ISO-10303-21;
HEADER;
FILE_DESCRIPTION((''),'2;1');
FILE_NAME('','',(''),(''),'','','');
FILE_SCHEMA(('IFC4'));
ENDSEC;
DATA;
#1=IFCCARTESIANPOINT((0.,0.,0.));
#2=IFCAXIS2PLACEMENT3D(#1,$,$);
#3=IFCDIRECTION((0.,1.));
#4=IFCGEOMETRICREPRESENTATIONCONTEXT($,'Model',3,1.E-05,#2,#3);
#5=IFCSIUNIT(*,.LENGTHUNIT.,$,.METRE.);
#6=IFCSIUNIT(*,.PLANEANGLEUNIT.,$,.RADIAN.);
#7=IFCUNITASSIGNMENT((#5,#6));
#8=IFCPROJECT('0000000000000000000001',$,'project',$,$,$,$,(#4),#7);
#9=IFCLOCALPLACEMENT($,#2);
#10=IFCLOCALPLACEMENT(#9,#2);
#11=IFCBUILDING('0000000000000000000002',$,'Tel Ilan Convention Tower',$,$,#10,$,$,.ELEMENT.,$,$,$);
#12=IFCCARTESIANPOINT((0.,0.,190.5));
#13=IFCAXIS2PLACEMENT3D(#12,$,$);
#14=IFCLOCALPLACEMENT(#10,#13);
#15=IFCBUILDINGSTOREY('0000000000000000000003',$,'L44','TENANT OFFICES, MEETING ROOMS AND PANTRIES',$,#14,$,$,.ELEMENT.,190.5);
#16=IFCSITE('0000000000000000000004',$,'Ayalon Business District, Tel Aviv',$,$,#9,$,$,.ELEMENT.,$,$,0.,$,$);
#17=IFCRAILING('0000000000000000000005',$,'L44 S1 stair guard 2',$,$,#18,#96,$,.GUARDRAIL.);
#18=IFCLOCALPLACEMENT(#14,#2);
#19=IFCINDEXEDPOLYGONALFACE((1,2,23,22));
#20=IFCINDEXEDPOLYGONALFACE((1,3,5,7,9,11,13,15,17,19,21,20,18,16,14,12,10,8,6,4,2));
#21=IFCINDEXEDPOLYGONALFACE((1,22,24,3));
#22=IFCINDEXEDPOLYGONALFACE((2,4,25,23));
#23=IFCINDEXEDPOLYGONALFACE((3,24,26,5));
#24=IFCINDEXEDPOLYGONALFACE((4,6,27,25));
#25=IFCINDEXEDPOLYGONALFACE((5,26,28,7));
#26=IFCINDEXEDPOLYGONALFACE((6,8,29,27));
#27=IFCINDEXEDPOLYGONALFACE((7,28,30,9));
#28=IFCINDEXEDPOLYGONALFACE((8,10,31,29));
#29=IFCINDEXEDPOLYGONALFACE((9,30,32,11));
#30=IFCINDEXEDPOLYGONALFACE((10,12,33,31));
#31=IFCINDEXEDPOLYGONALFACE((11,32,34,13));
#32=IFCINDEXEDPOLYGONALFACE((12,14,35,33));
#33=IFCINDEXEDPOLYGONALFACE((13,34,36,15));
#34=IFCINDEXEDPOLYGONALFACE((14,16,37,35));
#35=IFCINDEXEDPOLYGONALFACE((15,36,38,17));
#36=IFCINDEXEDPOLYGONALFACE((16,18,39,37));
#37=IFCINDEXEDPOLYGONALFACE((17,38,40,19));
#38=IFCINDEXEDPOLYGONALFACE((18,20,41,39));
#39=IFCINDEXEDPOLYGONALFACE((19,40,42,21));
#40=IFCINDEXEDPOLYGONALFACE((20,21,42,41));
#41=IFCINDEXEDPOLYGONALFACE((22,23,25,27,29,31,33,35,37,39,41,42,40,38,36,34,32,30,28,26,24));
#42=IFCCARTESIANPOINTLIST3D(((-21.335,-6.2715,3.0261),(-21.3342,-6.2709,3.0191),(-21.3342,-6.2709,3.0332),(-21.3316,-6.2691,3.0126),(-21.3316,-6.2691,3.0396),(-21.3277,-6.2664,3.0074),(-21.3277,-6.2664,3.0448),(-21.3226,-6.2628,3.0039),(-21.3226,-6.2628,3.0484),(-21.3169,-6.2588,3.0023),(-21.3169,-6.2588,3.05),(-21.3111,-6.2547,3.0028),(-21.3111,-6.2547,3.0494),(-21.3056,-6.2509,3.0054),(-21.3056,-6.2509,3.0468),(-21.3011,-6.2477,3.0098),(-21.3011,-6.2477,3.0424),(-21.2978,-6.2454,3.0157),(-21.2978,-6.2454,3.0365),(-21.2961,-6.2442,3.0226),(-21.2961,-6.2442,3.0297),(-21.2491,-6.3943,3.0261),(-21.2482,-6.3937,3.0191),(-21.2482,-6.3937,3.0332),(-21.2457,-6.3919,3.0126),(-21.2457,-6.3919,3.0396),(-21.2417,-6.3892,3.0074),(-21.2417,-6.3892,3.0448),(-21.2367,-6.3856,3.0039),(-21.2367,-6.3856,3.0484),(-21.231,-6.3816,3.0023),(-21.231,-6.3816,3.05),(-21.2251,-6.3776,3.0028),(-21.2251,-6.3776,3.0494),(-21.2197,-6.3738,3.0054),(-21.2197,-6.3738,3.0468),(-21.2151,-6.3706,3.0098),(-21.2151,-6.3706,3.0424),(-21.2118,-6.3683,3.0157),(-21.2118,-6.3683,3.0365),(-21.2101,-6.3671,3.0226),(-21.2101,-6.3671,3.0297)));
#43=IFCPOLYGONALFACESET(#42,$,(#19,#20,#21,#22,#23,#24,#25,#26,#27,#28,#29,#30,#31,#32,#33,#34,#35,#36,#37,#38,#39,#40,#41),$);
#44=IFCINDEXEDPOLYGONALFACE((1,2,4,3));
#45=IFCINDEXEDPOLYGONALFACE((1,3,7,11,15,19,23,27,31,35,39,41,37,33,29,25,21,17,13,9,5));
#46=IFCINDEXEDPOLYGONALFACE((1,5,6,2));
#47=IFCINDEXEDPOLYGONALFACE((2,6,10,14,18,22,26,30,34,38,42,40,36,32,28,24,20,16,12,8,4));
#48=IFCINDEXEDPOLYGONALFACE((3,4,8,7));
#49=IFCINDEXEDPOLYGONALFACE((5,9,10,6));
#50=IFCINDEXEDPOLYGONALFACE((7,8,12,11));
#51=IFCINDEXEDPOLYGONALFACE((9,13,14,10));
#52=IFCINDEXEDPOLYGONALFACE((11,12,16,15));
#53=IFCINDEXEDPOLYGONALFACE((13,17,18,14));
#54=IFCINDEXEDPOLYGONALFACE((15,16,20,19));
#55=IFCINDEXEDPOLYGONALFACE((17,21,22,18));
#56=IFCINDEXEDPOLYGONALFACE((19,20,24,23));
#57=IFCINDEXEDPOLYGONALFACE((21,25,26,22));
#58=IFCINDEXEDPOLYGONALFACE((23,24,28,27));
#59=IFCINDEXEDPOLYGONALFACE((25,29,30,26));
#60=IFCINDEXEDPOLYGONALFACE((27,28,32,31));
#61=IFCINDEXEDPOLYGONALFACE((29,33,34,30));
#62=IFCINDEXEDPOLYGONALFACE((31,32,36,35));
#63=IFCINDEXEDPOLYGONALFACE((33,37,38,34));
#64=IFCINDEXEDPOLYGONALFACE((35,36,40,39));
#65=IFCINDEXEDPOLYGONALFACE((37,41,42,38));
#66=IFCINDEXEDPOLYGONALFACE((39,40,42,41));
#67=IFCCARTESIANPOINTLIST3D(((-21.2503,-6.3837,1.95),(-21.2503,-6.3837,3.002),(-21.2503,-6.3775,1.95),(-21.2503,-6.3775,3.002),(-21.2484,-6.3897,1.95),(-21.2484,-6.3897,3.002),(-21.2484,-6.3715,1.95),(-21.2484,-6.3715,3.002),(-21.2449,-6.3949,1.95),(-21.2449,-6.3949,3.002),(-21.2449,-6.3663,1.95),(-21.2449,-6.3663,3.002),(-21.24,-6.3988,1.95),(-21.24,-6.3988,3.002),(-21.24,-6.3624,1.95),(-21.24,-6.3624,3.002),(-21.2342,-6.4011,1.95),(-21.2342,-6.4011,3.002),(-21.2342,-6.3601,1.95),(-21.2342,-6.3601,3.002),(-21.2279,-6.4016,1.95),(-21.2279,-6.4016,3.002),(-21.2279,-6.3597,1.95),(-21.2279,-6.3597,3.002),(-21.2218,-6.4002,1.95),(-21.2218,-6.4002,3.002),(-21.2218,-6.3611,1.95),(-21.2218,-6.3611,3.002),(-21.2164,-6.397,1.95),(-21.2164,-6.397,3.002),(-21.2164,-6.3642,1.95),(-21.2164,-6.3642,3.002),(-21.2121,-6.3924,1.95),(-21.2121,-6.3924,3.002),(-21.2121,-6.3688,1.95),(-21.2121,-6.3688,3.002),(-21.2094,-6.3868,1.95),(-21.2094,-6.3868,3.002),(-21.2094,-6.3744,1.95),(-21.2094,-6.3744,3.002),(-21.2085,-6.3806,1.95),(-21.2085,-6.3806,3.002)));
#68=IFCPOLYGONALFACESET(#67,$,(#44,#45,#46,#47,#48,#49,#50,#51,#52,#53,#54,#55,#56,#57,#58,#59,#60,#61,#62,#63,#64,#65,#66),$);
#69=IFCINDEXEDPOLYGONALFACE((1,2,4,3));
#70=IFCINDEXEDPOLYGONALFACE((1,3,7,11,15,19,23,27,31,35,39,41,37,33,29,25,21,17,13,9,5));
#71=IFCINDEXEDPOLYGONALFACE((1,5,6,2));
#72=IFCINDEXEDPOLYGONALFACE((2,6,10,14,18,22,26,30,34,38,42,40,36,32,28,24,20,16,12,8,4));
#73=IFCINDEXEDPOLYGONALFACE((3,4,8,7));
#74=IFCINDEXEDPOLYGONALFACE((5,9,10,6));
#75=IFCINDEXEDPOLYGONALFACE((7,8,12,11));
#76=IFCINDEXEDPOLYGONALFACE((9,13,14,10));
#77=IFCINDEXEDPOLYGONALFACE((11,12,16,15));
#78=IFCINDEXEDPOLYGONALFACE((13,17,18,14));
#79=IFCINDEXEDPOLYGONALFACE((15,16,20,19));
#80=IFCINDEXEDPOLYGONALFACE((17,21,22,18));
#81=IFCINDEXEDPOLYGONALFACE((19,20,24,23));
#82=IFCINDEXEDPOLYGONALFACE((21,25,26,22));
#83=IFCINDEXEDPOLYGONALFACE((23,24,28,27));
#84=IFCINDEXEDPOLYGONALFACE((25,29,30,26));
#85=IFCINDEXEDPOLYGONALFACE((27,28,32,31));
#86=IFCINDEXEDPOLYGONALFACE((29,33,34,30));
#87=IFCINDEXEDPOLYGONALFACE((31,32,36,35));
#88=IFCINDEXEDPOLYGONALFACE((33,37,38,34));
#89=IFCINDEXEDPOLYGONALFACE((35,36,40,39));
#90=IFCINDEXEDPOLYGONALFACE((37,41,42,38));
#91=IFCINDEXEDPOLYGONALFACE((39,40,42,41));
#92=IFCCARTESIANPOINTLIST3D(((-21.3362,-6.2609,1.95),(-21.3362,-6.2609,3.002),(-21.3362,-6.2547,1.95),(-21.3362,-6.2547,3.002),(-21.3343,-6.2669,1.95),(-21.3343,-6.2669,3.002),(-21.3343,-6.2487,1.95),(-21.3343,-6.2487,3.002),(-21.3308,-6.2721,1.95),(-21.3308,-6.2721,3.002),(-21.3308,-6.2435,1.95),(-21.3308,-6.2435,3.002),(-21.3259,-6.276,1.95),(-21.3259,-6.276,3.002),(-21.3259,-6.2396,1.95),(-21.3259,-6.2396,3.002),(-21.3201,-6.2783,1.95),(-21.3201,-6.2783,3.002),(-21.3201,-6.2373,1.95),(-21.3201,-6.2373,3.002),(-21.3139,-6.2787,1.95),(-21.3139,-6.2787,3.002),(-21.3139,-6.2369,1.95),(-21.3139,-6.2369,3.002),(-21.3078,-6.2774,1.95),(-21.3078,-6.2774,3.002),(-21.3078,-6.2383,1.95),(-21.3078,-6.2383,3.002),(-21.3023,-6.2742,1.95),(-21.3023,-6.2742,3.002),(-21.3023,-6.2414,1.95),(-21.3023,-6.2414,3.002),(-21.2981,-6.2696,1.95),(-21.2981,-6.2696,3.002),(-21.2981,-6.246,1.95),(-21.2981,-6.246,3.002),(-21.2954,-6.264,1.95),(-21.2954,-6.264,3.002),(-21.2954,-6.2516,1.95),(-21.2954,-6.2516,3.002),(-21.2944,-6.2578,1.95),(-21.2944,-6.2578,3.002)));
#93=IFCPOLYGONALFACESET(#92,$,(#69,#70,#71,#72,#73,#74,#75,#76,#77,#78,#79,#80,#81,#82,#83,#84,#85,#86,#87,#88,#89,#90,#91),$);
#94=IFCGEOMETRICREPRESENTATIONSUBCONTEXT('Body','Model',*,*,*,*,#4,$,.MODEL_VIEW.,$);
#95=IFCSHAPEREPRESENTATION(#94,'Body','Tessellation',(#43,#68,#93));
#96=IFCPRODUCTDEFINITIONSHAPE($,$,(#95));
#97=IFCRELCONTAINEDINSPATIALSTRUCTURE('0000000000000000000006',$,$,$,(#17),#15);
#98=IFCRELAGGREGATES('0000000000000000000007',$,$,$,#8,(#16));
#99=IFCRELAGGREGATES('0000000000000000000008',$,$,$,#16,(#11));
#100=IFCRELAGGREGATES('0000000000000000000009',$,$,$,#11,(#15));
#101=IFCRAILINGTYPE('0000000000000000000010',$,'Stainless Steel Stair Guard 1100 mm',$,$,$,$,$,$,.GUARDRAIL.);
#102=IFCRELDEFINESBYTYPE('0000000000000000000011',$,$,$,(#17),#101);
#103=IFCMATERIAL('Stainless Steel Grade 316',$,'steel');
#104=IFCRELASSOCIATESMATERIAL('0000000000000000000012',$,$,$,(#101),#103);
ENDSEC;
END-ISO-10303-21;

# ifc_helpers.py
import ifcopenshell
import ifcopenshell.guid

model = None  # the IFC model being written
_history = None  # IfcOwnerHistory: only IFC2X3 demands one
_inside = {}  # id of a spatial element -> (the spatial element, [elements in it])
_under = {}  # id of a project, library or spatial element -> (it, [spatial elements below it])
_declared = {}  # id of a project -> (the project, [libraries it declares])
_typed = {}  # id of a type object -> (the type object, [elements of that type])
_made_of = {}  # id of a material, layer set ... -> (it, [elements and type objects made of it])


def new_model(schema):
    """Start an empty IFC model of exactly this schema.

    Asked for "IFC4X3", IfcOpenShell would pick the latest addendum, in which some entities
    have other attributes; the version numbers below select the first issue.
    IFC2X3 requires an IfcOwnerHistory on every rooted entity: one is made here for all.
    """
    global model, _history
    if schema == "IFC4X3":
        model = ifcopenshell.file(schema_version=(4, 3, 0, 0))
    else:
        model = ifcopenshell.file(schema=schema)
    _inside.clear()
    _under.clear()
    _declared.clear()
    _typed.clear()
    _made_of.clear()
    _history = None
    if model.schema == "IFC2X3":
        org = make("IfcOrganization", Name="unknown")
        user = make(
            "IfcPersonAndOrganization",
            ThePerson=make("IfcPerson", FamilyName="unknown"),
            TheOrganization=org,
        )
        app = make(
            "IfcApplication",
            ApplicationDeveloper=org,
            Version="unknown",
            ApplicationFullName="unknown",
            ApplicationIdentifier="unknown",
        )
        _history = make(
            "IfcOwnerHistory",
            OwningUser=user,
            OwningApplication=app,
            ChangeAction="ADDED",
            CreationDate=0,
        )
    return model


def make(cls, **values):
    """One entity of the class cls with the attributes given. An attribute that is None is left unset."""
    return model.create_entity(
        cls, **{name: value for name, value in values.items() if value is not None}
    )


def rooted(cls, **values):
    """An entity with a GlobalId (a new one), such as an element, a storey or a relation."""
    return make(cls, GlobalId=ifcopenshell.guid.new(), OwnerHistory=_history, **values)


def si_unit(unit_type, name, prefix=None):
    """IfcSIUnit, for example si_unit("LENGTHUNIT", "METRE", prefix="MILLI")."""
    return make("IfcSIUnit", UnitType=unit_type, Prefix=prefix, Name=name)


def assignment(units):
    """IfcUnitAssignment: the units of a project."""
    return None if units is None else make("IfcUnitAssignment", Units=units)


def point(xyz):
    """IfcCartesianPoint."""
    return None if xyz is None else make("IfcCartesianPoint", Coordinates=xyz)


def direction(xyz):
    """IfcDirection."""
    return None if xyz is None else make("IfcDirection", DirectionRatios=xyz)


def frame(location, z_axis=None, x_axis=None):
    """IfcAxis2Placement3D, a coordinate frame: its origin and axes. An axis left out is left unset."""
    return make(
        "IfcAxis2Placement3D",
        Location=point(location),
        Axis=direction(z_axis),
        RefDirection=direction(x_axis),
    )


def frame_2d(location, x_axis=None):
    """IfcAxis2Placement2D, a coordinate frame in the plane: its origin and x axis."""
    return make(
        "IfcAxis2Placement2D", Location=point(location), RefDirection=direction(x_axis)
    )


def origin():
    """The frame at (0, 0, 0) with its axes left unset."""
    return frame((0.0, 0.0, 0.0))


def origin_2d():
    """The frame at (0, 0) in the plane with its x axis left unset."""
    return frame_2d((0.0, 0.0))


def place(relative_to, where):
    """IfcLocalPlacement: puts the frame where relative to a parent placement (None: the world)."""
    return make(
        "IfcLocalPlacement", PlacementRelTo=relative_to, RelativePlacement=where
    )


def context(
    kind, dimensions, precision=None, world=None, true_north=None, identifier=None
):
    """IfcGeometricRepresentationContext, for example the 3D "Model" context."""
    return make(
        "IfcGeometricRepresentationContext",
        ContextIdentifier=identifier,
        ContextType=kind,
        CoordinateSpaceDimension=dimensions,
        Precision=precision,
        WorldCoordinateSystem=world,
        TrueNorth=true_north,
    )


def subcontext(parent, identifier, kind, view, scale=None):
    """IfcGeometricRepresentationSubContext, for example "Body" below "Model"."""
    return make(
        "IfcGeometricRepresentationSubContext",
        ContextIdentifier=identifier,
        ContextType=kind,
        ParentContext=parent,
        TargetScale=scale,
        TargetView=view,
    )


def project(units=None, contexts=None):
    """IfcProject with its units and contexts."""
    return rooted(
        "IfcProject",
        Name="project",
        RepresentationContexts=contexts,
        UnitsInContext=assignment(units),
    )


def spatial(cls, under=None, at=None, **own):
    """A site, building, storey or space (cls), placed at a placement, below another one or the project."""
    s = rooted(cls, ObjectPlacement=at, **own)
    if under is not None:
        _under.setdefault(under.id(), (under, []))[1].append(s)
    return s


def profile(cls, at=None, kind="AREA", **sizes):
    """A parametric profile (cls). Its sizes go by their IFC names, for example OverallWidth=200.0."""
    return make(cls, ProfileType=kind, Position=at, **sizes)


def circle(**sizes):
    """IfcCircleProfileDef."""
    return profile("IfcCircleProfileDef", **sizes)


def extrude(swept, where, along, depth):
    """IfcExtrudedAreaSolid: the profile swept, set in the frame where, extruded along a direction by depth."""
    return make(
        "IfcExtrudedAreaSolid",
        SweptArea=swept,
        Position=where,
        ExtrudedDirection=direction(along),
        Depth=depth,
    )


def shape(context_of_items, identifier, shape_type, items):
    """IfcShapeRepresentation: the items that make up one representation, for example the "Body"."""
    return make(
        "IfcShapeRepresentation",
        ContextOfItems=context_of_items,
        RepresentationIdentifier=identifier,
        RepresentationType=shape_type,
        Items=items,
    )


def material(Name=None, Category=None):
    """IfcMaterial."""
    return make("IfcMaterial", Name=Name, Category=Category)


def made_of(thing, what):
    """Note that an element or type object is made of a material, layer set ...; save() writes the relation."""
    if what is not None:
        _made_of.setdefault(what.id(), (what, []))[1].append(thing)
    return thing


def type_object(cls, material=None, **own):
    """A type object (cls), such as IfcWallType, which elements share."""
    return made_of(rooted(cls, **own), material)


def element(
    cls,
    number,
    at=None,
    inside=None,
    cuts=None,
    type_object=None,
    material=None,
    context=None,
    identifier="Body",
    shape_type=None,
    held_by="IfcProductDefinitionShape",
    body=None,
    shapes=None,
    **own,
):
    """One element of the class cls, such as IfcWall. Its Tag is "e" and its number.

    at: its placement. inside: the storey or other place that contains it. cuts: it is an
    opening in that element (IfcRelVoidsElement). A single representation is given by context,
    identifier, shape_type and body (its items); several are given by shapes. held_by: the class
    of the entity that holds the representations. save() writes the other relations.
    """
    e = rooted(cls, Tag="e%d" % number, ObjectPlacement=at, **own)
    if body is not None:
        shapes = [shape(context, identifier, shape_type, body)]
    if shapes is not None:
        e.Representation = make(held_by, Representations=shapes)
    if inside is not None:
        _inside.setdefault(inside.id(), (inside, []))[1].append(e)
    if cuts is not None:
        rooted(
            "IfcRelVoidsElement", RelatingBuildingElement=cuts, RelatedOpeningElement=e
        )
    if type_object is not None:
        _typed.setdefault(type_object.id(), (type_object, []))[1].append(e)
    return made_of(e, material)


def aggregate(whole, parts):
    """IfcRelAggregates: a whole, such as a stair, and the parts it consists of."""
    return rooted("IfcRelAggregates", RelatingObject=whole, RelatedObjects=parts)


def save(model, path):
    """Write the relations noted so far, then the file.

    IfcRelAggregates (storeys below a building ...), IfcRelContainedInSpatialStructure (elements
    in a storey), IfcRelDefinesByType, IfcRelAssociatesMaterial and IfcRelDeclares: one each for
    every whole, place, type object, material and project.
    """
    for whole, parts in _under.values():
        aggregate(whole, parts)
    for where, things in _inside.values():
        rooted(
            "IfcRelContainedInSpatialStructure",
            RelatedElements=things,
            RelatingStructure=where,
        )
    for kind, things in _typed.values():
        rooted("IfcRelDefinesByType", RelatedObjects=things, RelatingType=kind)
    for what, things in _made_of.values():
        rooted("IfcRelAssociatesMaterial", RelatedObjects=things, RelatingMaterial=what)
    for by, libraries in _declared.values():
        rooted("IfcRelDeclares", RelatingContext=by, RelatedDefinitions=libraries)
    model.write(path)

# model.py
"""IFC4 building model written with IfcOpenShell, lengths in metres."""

from ifc_helpers import new_model, si_unit, direction, frame, origin, origin_2d, place, context, subcontext, project, spatial, circle, extrude, material, type_object, element, save


model = new_model("IFC4")

# Units and contexts
model_context = context("Model", 3, precision=1e-05, world=origin(), true_north=direction((0.0, 1.0)))
body_context = subcontext(model_context, "Body", "Model", "MODEL_VIEW")
ifc_project = project(units=[si_unit("LENGTHUNIT", "METRE"), si_unit("PLANEANGLEUNIT", "RADIAN")], contexts=[model_context])

# Site, building, storey
site_placement = place(None, origin())
site = spatial("IfcSite", under=ifc_project, at=site_placement, Name="Ayalon Business District, Tel Aviv", CompositionType="ELEMENT", RefElevation=0.0)
building_placement = place(site_placement, origin())
building = spatial("IfcBuilding", under=site, at=building_placement, Name="Tel Ilan Convention Tower", CompositionType="ELEMENT")
storey_placement = place(building_placement, frame((0.0, 0.0, 190.5)))
storey = spatial("IfcBuildingStorey", under=building, at=storey_placement, Name="L44", Description="TENANT OFFICES, MEETING ROOMS AND PANTRIES", CompositionType="ELEMENT", Elevation=190.5)

# Railing
ifc_material_1 = material(Name="Stainless Steel Grade 316", Category="steel")
railing_type_1 = type_object("IfcRailingType", Name="Stainless Steel Stair Guard 1100 mm", PredefinedType="GUARDRAIL", material=ifc_material_1)
railing_1_placement = place(storey_placement, frame((-21.2295, -6.3806, 1.95)))
element("IfcRailing", 1, at=railing_1_placement, inside=storey, type_object=railing_type_1, Name="L44 S1 stair guard 2", PredefinedType="GUARDRAIL", context=body_context, shape_type="SweptSolid", body=[
    extrude(circle(Radius=0.0239, at=origin_2d()), frame((0.0, 0.0, 1.0762), z_axis=(-0.573353, 0.819308, 0.0), x_axis=(-0.819308, -0.573353, 0.0)), (0.0, 0.0, 1.0), 0.1499),
    extrude(circle(Radius=0.021, at=origin_2d()), origin(), (0.0, 0.0, 1.0), 1.052),
    extrude(circle(Radius=0.021, at=origin_2d()), frame((-0.0859, 0.1228, 0.0)), (0.0, 0.0, 1.0), 1.052),
])

save(model, "model.ifc")
